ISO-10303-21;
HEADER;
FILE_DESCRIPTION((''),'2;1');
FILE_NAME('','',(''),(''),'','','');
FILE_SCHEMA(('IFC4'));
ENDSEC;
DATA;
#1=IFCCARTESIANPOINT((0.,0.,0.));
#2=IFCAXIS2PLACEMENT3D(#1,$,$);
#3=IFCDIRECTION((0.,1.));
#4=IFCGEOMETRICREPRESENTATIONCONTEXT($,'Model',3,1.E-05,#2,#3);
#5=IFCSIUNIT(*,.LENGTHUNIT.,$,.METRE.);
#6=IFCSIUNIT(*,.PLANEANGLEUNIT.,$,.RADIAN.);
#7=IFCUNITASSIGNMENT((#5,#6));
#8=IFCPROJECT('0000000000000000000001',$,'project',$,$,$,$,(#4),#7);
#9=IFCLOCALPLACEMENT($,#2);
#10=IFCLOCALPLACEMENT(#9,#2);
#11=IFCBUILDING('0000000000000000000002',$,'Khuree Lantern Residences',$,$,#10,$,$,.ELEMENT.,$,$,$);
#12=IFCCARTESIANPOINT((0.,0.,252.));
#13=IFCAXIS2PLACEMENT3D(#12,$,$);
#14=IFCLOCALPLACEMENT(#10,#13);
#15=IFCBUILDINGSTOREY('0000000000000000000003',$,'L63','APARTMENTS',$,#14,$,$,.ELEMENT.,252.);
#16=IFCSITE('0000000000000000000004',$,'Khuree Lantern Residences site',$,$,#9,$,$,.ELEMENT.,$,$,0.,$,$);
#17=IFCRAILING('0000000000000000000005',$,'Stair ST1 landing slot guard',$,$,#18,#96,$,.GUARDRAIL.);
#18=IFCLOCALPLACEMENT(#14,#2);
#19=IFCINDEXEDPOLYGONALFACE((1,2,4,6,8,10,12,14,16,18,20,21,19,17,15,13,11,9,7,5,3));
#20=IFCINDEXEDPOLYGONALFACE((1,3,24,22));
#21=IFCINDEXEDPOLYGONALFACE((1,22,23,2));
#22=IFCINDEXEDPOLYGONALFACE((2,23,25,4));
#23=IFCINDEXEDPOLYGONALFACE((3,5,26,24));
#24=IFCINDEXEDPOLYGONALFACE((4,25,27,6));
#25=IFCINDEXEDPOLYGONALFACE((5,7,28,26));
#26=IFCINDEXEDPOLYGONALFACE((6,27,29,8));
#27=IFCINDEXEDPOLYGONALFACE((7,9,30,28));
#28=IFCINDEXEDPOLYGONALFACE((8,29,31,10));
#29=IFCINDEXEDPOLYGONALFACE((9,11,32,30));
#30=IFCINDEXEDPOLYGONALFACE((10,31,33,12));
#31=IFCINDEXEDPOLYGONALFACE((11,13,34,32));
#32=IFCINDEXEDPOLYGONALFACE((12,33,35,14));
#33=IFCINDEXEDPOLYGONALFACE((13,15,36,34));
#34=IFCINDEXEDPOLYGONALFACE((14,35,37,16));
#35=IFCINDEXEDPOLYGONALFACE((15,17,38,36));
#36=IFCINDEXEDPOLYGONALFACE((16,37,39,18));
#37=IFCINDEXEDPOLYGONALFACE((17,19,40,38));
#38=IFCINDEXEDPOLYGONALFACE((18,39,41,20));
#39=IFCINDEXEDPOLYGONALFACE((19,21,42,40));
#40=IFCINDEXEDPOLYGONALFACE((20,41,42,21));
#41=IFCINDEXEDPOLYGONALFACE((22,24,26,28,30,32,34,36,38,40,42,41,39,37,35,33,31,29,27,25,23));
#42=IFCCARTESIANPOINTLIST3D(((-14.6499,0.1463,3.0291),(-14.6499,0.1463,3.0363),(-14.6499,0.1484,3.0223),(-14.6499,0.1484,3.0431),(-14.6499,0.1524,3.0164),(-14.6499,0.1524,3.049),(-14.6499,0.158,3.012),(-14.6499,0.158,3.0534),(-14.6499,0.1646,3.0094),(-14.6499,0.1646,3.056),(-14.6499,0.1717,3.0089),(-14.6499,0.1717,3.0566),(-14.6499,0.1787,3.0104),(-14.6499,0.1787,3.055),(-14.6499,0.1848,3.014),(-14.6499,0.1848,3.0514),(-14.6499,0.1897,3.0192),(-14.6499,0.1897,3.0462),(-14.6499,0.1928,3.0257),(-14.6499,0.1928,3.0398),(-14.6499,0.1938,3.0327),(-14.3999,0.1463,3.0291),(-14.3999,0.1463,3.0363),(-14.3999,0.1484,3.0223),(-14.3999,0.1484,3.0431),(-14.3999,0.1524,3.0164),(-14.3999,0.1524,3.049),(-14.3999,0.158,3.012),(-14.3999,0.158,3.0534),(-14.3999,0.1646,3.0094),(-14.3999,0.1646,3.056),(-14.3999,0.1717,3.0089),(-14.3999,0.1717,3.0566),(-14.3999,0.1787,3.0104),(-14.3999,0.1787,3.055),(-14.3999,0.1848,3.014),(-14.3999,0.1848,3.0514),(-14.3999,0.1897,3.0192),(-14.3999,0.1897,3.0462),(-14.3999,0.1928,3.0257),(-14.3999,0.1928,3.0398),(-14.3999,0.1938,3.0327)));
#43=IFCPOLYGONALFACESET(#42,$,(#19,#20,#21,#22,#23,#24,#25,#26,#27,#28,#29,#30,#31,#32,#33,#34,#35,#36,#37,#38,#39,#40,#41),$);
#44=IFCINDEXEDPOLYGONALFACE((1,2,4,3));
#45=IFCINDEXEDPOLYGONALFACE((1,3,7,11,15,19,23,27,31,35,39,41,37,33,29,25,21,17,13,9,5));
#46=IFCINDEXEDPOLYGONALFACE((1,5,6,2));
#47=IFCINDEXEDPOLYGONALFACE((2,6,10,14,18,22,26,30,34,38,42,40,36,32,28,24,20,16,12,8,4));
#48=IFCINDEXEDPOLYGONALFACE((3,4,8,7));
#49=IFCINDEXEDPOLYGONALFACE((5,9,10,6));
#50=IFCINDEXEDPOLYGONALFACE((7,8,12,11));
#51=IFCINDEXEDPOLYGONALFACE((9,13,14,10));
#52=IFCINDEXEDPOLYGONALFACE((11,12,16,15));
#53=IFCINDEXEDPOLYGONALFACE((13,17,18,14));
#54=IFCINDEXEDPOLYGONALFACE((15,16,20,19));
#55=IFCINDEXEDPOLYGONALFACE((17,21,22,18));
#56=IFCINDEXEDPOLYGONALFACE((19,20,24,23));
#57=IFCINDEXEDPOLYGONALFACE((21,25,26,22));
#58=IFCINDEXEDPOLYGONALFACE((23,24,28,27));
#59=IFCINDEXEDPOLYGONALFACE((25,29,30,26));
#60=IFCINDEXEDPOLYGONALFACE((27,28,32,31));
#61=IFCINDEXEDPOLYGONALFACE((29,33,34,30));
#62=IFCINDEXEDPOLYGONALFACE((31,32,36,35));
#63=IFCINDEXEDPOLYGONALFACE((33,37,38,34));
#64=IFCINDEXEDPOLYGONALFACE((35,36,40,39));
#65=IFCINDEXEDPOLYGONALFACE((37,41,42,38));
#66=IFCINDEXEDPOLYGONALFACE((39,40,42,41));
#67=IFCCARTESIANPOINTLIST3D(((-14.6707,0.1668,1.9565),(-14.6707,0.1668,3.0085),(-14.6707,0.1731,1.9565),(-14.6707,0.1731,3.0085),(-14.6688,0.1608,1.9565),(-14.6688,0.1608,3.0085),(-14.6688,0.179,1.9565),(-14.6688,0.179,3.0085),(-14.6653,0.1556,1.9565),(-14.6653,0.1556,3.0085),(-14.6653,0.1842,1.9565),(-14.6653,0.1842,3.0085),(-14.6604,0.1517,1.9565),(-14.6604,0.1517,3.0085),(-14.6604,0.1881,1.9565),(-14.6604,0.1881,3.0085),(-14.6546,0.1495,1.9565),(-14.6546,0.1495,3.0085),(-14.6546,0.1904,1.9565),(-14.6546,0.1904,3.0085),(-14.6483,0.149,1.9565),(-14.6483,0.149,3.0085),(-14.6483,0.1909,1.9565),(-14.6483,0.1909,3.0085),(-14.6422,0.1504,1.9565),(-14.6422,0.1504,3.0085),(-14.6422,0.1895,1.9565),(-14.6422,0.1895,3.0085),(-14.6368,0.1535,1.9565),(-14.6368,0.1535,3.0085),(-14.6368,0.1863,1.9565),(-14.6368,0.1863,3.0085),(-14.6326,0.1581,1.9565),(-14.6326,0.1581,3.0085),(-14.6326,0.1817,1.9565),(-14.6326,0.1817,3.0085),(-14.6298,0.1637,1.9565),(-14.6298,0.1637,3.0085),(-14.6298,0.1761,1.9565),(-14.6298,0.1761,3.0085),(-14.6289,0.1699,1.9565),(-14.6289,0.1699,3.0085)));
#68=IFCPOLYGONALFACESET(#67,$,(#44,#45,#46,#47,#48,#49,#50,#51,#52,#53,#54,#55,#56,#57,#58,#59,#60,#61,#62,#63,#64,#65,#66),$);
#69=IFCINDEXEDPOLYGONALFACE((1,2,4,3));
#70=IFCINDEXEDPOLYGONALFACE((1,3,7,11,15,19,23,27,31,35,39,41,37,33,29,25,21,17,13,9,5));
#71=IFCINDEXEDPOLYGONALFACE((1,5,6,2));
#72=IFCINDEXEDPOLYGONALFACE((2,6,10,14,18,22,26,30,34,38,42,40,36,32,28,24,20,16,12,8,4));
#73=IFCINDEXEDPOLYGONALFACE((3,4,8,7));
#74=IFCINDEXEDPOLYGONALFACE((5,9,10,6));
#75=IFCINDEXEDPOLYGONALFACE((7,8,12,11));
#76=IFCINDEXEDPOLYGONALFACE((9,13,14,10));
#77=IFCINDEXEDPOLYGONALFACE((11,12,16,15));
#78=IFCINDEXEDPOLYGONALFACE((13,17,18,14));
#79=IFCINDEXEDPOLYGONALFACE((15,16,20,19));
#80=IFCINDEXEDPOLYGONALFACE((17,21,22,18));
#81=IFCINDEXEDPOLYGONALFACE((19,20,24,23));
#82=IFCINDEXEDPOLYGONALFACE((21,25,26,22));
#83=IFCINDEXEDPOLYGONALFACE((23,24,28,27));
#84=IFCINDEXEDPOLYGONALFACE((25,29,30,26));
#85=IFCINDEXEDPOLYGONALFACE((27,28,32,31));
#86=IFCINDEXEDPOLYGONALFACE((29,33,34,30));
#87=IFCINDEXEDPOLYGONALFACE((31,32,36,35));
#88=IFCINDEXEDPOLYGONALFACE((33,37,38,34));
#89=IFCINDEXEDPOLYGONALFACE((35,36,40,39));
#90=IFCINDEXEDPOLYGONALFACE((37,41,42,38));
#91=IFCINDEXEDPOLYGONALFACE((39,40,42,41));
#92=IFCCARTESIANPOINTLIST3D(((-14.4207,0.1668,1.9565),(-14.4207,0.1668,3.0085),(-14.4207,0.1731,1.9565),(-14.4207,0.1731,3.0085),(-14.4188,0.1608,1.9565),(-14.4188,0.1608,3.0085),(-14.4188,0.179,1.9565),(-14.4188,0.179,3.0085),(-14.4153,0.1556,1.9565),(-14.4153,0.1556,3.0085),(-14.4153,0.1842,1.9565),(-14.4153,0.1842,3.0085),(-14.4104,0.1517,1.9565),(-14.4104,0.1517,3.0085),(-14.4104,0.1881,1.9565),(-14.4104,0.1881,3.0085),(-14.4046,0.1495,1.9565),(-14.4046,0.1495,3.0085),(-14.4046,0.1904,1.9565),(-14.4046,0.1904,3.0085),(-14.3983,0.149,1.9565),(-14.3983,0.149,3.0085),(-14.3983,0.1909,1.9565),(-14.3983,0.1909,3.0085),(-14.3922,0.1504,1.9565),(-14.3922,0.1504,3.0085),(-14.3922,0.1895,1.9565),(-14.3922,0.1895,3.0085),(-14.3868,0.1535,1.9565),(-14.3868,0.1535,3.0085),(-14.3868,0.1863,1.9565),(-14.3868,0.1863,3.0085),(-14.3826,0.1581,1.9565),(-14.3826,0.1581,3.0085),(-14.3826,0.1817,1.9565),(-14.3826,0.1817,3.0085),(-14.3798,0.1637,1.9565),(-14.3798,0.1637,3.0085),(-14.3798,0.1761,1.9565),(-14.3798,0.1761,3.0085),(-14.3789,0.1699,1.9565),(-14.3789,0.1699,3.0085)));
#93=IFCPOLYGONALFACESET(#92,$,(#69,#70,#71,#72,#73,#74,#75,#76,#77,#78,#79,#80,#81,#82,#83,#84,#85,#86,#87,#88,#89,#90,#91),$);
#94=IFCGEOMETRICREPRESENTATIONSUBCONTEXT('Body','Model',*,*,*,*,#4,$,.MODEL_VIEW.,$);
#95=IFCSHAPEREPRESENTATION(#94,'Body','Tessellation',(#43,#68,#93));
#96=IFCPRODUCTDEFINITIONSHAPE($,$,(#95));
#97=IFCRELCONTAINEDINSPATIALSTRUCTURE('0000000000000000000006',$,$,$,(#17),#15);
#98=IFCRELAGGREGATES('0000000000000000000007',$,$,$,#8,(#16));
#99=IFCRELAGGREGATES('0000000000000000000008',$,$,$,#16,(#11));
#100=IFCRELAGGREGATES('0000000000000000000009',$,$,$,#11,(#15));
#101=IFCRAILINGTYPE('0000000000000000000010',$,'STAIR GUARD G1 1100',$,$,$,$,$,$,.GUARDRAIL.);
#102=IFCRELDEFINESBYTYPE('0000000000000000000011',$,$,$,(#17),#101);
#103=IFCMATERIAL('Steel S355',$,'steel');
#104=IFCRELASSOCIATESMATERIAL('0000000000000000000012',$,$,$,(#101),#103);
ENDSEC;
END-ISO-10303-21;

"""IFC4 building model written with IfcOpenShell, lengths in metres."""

from ifc_helpers import new_model, si_unit, direction, frame, origin, origin_2d, place, context, subcontext, project, spatial, circle, extrude, material, type_object, element, save


model = new_model("IFC4")

# Units and contexts
model_context = context("Model", 3, precision=1e-05, world=origin(), true_north=direction((0.0, 1.0)))
body_context = subcontext(model_context, "Body", "Model", "MODEL_VIEW")
ifc_project = project(units=[si_unit("LENGTHUNIT", "METRE"), si_unit("PLANEANGLEUNIT", "RADIAN")], contexts=[model_context])

# Site, building, storey
site_placement = place(None, origin())
site = spatial("IfcSite", under=ifc_project, at=site_placement, Name="Khuree Lantern Residences site", CompositionType="ELEMENT", RefElevation=0.0)
building_placement = place(site_placement, origin())
building = spatial("IfcBuilding", under=site, at=building_placement, Name="Khuree Lantern Residences", CompositionType="ELEMENT")
storey_placement = place(building_placement, frame((0.0, 0.0, 252.0)))
storey = spatial("IfcBuildingStorey", under=building, at=storey_placement, Name="L63", Description="APARTMENTS", CompositionType="ELEMENT", Elevation=252.0)

# Railing
ifc_material_1 = material(Name="Steel S355", Category="steel")
railing_type = type_object("IfcRailingType", Name="STAIR GUARD G1 1100", PredefinedType="GUARDRAIL", material=ifc_material_1)
railing_placement = place(storey_placement, frame((-14.6499, 0.1699, 1.9565)))
element("IfcRailing", 1, at=railing_placement, inside=storey, type_object=railing_type, Name="Stair ST1 landing slot guard", PredefinedType="GUARDRAIL", context=body_context, shape_type="SweptSolid", body=[
    extrude(circle(Radius=0.0239, at=origin_2d()), frame((0.0, 0.0, 1.0762), z_axis=(1.0, 0.0, 0.0), x_axis=(0.0, 1.0, 0.0)), (0.0, 0.0, 1.0), 0.25),
    extrude(circle(Radius=0.021, at=origin_2d()), origin(), (0.0, 0.0, 1.0), 1.052),
    extrude(circle(Radius=0.021, at=origin_2d()), frame((0.25, 0.0, 0.0)), (0.0, 0.0, 1.0), 1.052),
])

save(model, "model.ifc")
